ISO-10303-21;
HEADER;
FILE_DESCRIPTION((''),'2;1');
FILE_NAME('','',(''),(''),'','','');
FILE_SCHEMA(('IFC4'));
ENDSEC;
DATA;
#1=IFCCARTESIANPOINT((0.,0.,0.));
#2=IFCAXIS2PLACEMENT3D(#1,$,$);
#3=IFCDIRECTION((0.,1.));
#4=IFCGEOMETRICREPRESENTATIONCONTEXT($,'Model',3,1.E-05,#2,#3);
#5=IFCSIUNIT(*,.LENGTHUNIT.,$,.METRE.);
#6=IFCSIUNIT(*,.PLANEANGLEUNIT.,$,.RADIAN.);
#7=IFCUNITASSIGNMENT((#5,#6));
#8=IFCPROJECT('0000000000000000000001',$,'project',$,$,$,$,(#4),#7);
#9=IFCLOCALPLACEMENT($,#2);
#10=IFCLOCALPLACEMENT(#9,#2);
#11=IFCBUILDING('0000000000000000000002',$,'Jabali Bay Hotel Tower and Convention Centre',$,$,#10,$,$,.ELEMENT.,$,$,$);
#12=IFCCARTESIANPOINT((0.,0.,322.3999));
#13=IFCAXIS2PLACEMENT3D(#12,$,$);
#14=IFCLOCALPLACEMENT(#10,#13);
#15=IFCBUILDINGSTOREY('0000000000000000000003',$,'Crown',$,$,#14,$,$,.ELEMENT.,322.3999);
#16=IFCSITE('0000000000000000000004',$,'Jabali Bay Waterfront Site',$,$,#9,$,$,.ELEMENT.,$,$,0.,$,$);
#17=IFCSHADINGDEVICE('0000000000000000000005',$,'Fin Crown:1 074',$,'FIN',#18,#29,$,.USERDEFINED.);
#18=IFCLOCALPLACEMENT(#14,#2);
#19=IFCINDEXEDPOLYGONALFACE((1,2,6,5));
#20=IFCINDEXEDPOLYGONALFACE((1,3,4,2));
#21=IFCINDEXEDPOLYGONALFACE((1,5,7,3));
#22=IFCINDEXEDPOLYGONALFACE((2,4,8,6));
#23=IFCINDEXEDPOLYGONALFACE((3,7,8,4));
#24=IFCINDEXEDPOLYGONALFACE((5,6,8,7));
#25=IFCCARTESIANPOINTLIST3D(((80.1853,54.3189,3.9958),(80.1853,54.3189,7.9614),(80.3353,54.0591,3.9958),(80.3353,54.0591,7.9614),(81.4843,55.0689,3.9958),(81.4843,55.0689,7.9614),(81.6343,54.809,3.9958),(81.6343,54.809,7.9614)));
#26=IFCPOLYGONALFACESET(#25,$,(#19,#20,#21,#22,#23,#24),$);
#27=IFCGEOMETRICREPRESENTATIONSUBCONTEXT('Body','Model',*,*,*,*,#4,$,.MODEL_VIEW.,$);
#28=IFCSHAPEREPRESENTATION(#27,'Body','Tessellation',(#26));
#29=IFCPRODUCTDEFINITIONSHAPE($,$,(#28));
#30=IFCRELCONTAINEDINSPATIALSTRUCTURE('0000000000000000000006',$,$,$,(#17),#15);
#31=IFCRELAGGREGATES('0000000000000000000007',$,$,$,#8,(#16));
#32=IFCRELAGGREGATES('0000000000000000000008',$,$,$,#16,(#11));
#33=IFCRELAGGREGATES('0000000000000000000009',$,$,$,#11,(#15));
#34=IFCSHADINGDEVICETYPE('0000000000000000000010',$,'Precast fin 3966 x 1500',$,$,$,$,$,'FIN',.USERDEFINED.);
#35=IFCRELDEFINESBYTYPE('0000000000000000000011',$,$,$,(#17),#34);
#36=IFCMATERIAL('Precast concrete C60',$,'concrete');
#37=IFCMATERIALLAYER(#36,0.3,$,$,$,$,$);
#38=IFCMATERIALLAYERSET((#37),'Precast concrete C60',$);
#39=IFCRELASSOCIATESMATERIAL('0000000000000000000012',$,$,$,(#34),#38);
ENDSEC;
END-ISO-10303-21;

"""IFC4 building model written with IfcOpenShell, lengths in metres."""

from ifc_helpers import new_model, si_unit, direction, frame, frame_2d, origin, place, context, subcontext, project, spatial, rectangle, extrude, material, layer, layer_set, type_object, element, save


model = new_model("IFC4")

# Units and contexts
model_context = context("Model", 3, precision=1e-05, world=origin(), true_north=direction((0.0, 1.0)))
body_context = subcontext(model_context, "Body", "Model", "MODEL_VIEW")
ifc_project = project(units=[si_unit("LENGTHUNIT", "METRE"), si_unit("PLANEANGLEUNIT", "RADIAN")], contexts=[model_context])

# Site, building, storey
site_placement = place(None, origin())
site = spatial("IfcSite", under=ifc_project, at=site_placement, Name="Jabali Bay Waterfront Site", CompositionType="ELEMENT", RefElevation=0.0)
building_placement = place(site_placement, origin())
building = spatial("IfcBuilding", under=site, at=building_placement, Name="Jabali Bay Hotel Tower and Convention Centre", CompositionType="ELEMENT")
storey_placement = place(building_placement, frame((0.0, 0.0, 322.3999)))
storey = spatial("IfcBuildingStorey", under=building, at=storey_placement, Name="Crown", CompositionType="ELEMENT", Elevation=322.3999)

# Shading device
ifc_material_1 = material(Name="Precast concrete C60", Category="concrete")
ifc_layer = layer(ifc_material_1, 0.3)
ifc_layer_set = layer_set([ifc_layer], Name="Precast concrete C60")
shading_device_type = type_object("IfcShadingDeviceType", Name="Precast fin 3966 x 1500", ElementType="FIN", PredefinedType="USERDEFINED", material=ifc_layer_set)
for number, where, z_axis, x_axis, name in (
    (1, (81.5593, 54.939, 3.9958), (0.0, 0.0, 1.0), (-0.866031, -0.49999, 0.0), "Fin Crown:1 074"),
):
    element("IfcShadingDevice", number, at=place(storey_placement, frame(where, z_axis=z_axis, x_axis=x_axis)), inside=storey, type_object=shading_device_type, Name=name, ObjectType="FIN", PredefinedType="USERDEFINED", context=body_context, shape_type="SweptSolid", body=[
        extrude(rectangle(XDim=1.5, YDim=0.3, at=frame_2d((0.75, 0.0))), origin(), (0.0, 0.0, 1.0), 3.9656),
    ])

save(model, "model.ifc")
